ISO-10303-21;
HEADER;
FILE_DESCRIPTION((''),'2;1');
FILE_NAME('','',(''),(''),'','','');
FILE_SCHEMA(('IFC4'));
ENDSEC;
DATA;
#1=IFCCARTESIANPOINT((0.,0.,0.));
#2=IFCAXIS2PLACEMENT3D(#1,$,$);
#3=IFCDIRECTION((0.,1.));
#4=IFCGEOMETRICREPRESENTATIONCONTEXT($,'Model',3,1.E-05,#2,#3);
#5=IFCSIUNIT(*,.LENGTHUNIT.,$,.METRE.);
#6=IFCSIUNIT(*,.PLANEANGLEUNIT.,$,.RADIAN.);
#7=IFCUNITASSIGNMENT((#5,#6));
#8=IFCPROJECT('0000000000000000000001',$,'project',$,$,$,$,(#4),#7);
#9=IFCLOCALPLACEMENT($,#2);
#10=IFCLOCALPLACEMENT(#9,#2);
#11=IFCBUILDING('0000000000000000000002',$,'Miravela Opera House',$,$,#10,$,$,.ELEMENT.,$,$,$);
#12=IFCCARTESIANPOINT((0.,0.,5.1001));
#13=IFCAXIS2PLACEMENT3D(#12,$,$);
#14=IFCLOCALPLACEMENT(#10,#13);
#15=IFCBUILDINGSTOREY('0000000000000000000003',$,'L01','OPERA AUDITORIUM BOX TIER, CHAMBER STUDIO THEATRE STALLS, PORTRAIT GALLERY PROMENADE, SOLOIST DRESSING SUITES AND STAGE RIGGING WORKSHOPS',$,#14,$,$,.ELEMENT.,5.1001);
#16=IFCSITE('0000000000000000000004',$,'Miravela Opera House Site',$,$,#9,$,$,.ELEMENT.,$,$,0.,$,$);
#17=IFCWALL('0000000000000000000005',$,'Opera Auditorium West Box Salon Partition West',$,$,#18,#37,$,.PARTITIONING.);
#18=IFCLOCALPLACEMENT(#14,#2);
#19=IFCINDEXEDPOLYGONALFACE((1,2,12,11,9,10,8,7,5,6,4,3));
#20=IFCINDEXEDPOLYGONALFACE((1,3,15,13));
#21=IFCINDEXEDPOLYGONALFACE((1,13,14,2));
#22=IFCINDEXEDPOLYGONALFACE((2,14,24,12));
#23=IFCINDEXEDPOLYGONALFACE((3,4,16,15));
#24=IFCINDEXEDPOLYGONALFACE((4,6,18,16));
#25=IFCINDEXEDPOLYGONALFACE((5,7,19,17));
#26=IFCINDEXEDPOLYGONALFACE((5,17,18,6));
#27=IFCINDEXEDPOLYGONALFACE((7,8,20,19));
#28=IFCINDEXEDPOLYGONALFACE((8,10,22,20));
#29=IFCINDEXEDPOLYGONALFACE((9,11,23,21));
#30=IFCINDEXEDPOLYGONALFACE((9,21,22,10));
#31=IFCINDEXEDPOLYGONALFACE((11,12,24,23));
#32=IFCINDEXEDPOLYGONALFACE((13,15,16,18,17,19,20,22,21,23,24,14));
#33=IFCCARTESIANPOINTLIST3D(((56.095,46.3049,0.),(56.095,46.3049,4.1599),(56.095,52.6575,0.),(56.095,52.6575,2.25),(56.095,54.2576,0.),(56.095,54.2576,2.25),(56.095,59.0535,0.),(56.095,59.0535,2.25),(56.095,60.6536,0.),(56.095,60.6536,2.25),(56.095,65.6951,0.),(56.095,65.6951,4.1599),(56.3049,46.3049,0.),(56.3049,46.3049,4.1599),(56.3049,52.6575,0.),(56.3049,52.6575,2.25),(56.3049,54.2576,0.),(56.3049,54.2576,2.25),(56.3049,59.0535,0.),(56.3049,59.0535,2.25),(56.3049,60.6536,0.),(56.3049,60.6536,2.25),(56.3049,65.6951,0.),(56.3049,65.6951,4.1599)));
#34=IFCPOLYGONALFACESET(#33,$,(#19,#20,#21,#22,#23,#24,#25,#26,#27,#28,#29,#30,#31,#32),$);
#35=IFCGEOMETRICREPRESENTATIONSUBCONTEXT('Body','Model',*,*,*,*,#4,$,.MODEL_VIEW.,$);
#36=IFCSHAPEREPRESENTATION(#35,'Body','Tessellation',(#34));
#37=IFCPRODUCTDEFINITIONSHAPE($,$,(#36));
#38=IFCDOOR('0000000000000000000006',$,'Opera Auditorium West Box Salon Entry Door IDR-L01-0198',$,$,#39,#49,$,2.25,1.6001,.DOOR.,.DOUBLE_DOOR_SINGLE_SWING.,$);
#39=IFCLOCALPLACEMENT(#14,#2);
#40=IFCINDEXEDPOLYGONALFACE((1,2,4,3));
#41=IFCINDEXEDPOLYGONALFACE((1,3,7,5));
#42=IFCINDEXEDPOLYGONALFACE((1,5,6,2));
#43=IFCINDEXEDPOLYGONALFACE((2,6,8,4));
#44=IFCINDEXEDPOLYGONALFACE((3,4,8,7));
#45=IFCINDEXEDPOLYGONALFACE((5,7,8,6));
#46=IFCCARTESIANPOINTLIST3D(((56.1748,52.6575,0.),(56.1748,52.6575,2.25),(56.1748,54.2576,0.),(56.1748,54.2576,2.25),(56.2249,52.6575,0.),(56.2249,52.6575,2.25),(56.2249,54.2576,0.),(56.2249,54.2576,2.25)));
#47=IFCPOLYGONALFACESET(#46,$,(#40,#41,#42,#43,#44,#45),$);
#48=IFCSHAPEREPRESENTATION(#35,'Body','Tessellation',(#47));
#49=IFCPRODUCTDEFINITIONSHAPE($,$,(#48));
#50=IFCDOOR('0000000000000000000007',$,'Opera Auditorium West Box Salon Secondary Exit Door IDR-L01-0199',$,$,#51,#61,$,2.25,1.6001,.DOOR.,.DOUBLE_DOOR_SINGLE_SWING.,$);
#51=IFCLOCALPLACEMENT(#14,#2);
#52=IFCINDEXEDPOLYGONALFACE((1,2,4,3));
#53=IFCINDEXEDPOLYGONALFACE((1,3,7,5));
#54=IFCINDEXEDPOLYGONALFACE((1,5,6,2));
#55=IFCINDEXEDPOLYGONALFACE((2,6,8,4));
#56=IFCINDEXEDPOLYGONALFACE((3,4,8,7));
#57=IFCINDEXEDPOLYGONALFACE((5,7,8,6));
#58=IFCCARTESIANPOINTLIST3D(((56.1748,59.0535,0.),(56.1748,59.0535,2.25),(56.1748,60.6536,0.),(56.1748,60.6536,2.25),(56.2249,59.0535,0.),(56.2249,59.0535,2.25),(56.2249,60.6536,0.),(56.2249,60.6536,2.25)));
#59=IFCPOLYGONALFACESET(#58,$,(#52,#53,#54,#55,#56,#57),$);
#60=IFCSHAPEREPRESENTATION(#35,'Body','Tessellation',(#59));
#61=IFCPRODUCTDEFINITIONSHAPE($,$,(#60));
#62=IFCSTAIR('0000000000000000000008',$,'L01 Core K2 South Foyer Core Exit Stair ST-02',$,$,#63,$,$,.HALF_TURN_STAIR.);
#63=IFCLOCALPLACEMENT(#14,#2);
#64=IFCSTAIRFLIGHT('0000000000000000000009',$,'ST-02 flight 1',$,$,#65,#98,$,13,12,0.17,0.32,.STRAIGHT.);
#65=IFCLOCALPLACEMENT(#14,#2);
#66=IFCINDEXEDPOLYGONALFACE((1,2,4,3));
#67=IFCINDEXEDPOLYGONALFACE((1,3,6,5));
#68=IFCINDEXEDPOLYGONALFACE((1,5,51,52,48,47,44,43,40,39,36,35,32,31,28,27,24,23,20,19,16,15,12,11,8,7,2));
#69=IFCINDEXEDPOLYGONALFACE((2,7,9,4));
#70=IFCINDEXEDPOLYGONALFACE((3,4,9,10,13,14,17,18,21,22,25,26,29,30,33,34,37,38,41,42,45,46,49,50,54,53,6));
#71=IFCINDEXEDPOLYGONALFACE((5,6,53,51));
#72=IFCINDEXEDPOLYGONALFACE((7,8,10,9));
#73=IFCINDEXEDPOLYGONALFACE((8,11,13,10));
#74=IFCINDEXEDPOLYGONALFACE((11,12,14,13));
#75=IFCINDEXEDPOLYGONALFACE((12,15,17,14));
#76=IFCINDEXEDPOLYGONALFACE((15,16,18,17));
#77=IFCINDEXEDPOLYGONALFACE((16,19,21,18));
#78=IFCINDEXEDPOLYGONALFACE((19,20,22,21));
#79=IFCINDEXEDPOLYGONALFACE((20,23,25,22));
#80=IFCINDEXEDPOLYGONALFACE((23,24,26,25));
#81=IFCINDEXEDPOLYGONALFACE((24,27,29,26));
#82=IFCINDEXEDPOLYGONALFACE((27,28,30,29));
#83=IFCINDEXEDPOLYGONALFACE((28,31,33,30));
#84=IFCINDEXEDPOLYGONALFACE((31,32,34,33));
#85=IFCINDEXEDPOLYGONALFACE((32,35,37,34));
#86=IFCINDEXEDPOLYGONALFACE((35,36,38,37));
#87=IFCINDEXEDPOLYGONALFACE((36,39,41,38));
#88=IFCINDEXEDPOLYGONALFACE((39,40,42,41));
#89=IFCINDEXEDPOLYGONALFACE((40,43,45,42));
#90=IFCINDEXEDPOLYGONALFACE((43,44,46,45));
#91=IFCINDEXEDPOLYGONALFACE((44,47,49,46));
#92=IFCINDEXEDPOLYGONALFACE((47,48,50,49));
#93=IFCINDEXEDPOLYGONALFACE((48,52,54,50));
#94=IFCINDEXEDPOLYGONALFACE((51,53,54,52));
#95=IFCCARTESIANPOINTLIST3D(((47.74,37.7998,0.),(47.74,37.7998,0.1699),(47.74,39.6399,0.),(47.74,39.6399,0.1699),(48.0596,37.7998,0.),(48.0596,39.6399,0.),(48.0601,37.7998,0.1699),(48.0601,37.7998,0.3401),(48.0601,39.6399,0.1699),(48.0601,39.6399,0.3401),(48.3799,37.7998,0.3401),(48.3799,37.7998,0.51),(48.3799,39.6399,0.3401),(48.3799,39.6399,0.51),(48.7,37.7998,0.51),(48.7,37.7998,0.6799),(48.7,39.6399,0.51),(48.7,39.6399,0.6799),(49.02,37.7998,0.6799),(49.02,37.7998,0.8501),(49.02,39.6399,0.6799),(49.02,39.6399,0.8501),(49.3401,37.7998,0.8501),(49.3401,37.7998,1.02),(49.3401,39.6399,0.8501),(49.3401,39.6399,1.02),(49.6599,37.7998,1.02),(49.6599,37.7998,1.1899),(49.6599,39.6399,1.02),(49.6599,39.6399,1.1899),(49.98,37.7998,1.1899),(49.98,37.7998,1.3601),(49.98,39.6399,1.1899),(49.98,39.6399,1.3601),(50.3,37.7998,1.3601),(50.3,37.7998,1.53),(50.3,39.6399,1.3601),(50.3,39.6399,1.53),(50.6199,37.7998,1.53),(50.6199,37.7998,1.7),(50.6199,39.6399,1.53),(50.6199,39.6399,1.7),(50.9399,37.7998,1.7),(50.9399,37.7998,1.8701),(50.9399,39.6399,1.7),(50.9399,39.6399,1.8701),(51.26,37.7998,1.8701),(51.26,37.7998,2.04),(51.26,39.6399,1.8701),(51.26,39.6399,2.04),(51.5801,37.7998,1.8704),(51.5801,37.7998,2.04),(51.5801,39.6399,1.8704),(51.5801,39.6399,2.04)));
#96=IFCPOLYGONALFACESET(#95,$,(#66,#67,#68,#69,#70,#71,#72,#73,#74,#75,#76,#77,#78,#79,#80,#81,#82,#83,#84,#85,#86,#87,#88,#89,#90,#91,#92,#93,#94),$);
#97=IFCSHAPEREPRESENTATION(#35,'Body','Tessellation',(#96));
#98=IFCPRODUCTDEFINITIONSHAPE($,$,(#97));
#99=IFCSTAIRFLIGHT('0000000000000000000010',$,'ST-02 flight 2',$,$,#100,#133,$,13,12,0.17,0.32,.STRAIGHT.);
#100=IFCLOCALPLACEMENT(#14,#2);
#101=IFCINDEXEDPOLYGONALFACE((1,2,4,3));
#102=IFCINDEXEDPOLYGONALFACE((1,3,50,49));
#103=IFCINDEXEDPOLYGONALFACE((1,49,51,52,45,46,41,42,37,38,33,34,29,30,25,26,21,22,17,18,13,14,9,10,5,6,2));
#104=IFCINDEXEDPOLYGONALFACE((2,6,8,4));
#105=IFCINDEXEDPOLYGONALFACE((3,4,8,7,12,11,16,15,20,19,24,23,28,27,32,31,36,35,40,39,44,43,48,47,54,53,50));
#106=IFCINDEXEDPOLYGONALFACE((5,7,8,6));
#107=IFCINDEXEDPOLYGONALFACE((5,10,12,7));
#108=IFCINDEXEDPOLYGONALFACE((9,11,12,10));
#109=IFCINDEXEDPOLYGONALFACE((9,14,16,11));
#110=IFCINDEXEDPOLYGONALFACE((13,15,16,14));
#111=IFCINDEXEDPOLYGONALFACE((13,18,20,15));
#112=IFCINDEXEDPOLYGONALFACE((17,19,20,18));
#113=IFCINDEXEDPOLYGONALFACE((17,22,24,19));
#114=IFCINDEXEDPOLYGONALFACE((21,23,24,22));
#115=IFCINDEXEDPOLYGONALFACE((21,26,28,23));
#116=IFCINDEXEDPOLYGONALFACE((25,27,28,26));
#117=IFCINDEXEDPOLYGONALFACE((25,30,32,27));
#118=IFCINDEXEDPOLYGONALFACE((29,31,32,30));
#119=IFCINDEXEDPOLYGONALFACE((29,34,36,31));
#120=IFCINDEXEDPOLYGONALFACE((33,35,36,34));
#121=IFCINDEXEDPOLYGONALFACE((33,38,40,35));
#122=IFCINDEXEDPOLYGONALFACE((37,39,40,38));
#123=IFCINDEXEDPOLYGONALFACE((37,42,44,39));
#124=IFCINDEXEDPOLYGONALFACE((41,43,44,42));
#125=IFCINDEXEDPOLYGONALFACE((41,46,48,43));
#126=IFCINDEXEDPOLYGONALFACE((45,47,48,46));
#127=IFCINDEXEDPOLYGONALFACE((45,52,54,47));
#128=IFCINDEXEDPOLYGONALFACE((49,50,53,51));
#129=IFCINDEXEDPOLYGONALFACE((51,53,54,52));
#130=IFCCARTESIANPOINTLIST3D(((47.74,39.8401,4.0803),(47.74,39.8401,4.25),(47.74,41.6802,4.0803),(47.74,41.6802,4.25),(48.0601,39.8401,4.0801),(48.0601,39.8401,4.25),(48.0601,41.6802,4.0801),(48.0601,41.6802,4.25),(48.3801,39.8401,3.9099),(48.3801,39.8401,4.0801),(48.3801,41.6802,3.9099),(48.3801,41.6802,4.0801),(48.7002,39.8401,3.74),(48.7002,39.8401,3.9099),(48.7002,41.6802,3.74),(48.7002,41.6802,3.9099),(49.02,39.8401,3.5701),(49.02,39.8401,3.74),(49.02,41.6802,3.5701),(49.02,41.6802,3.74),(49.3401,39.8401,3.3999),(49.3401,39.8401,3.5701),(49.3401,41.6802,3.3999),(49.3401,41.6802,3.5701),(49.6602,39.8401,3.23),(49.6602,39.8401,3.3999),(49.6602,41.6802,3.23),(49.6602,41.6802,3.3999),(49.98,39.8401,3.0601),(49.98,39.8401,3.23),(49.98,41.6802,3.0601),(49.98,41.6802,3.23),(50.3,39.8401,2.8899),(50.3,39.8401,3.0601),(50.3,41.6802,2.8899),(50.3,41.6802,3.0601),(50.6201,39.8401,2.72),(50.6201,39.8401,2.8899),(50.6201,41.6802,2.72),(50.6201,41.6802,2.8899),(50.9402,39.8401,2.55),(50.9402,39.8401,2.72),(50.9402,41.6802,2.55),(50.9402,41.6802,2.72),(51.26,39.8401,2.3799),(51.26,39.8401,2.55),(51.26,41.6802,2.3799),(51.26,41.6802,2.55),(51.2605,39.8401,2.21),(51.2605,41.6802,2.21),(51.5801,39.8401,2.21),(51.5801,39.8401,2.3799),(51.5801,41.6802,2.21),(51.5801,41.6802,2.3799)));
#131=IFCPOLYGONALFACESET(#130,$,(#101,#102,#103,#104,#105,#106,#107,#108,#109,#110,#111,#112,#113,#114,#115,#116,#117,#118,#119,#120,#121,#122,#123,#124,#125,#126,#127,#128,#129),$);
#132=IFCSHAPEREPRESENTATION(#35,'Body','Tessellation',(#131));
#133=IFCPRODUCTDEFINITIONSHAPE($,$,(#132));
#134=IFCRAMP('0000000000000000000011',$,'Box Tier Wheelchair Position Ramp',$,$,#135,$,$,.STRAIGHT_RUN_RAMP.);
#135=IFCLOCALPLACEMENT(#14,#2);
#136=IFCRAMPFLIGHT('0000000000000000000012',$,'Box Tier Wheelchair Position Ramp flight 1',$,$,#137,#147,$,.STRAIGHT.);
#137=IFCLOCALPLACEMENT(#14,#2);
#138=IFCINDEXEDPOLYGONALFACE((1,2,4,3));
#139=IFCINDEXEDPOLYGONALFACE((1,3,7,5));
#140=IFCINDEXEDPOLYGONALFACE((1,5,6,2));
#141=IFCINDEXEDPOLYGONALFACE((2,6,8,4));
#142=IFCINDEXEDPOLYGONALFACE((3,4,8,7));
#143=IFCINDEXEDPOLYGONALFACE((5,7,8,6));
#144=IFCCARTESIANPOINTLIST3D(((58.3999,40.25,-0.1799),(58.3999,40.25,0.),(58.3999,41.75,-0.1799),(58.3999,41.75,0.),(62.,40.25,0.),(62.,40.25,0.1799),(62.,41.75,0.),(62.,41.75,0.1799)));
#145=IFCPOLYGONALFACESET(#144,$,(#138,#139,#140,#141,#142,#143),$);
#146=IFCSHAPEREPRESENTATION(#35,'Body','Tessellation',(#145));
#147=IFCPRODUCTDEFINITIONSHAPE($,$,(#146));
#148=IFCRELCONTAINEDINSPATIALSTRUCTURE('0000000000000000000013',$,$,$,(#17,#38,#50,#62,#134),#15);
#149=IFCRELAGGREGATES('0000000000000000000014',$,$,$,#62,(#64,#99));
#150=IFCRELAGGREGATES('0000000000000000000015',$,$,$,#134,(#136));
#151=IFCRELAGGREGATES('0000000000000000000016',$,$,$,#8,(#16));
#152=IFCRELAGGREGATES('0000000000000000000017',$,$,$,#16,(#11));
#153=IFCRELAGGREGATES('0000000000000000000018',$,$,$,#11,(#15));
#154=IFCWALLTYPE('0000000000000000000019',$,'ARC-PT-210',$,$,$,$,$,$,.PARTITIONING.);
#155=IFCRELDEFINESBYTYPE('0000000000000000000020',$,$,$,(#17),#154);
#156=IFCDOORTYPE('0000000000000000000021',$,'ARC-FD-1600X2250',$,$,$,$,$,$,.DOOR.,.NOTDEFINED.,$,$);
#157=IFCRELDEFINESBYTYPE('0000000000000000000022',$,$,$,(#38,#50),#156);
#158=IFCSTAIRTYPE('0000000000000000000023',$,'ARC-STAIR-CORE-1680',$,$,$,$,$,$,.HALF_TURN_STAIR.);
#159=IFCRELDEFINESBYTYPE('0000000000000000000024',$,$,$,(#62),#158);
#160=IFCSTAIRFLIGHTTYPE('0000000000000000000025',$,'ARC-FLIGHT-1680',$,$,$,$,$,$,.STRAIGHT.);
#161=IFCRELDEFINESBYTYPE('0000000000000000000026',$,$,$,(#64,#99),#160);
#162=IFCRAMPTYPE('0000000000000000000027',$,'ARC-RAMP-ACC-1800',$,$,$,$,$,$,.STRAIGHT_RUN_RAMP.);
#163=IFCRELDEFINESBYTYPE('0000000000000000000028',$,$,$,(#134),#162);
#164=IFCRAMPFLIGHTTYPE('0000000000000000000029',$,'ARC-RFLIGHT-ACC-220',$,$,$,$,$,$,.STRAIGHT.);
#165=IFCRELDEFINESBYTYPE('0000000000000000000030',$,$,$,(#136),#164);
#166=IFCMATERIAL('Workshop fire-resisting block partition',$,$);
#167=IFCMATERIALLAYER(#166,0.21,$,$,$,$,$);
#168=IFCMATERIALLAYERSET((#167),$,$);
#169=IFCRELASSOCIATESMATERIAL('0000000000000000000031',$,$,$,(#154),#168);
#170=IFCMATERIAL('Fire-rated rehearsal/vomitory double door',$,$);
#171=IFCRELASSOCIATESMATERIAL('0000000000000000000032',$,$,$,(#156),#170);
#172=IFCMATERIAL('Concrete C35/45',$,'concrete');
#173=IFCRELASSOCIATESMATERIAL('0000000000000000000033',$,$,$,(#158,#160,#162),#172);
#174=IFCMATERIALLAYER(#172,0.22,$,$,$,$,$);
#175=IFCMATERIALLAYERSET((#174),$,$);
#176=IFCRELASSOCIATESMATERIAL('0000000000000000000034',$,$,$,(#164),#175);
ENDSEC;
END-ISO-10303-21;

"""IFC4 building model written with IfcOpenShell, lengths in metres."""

from ifc_helpers import new_model, si_unit, direction, frame, frame_2d, origin, place, context, subcontext, project, spatial, polyline, rectangle, outline, extrude, material, layer, layer_set, type_object, element, fill, aggregate, save


model = new_model("IFC4")

# Units and contexts
model_context = context("Model", 3, precision=1e-05, world=origin(), true_north=direction((0.0, 1.0)))
body_context = subcontext(model_context, "Body", "Model", "MODEL_VIEW")
ifc_project = project(units=[si_unit("LENGTHUNIT", "METRE"), si_unit("PLANEANGLEUNIT", "RADIAN")], contexts=[model_context])

# Site, building, storey
site_placement = place(None, origin())
site = spatial("IfcSite", under=ifc_project, at=site_placement, Name="Miravela Opera House Site", CompositionType="ELEMENT", RefElevation=0.0)
building_placement = place(site_placement, origin())
building = spatial("IfcBuilding", under=site, at=building_placement, Name="Miravela Opera House", CompositionType="ELEMENT")
storey_placement = place(building_placement, frame((0.0, 0.0, 5.1001)))
storey = spatial("IfcBuildingStorey", under=building, at=storey_placement, Name="L01", Description="OPERA AUDITORIUM BOX TIER, CHAMBER STUDIO THEATRE STALLS, PORTRAIT GALLERY PROMENADE, SOLOIST DRESSING SUITES AND STAGE RIGGING WORKSHOPS", CompositionType="ELEMENT", Elevation=5.1001)

# Shared definitions
ifc_material_1 = material(Name="Concrete C35/45", Category="concrete")

# Shared definitions
ifc_material_2 = material(Name="Workshop fire-resisting block partition")
ifc_layer_1 = layer(ifc_material_2, 0.21)
ifc_layer_set_1 = layer_set([ifc_layer_1])
wall_type_1 = type_object("IfcWallType", Name="ARC-PT-210", PredefinedType="PARTITIONING", material=ifc_layer_set_1)

# Wall, openings, doors
wall_1_placement = place(storey_placement, frame((56.2, 46.3049, 0.0), z_axis=(0.0, 0.0, 1.0), x_axis=(0.0, 1.0, 0.0)))
wall_1 = element("IfcWall", 1, at=wall_1_placement, inside=storey, type_object=wall_type_1, Name="Opera Auditorium West Box Salon Partition West", PredefinedType="PARTITIONING", context=body_context, shape_type="SweptSolid", body=[
    extrude(rectangle(XDim=19.3901, YDim=0.21, at=frame_2d((9.6951, 0.0))), origin(), (0.0, 0.0, 1.0), 4.1599),
])
opening_1_placement = place(wall_1_placement, frame((6.3525, 0.0, 0.0)))
opening_1 = element("IfcOpeningElement", 2, at=opening_1_placement, cuts=wall_1, PredefinedType="OPENING", context=body_context, shape_type="SweptSolid", body=[
    extrude(rectangle(XDim=1.6001, YDim=2.25, at=frame_2d((0.8, 1.125))), frame((0.0, 0.115, 0.0), z_axis=(0.0, -1.0, 0.0), x_axis=(1.0, 0.0, 0.0)), (0.0, 0.0, 1.0), 0.23),
])
opening_2_placement = place(wall_1_placement, frame((12.7485, 0.0, 0.0)))
opening_2 = element("IfcOpeningElement", 3, at=opening_2_placement, cuts=wall_1, PredefinedType="OPENING", context=body_context, shape_type="SweptSolid", body=[
    extrude(rectangle(XDim=1.6001, YDim=2.25, at=frame_2d((0.8, 1.125))), frame((0.0, 0.115, 0.0), z_axis=(0.0, -1.0, 0.0), x_axis=(1.0, 0.0, 0.0)), (0.0, 0.0, 1.0), 0.23),
])
ifc_material_3 = material(Name="Fire-rated rehearsal/vomitory double door")
door_type = type_object("IfcDoorType", Name="ARC-FD-1600X2250", OperationType="NOTDEFINED", PredefinedType="DOOR", material=ifc_material_3)
door_1_placement = place(opening_1_placement, frame((1.6001, 0.0, 0.0), z_axis=(0.0, 0.0, 1.0), x_axis=(-1.0, 0.0, 0.0)))
door_1 = element("IfcDoor", 4, at=door_1_placement, inside=storey, type_object=door_type, Name="Opera Auditorium West Box Salon Entry Door IDR-L01-0198", OperationType="DOUBLE_DOOR_SINGLE_SWING", OverallHeight=2.25, OverallWidth=1.6001, PredefinedType="DOOR", context=body_context, shape_type="SweptSolid", body=[
    extrude(rectangle(XDim=1.6001, YDim=2.25, at=frame_2d((0.8, 1.125))), frame((0.0, 0.0249, 0.0), z_axis=(0.0, -1.0, 0.0), x_axis=(1.0, 0.0, 0.0)), (0.0, 0.0, 1.0), 0.05),
])
fill(opening_1, door_1)
door_2_placement = place(opening_2_placement, frame((1.6001, 0.0, 0.0), z_axis=(0.0, 0.0, 1.0), x_axis=(-1.0, 0.0, 0.0)))
door_2 = element("IfcDoor", 5, at=door_2_placement, inside=storey, type_object=door_type, Name="Opera Auditorium West Box Salon Secondary Exit Door IDR-L01-0199", OperationType="DOUBLE_DOOR_SINGLE_SWING", OverallHeight=2.25, OverallWidth=1.6001, PredefinedType="DOOR", context=body_context, shape_type="SweptSolid", body=[
    extrude(rectangle(XDim=1.6001, YDim=2.25, at=frame_2d((0.8, 1.125))), frame((0.0, 0.0249, 0.0), z_axis=(0.0, -1.0, 0.0), x_axis=(1.0, 0.0, 0.0)), (0.0, 0.0, 1.0), 0.05),
])
fill(opening_2, door_2)

# Stair, stair flights
stair_type = type_object("IfcStairType", Name="ARC-STAIR-CORE-1680", PredefinedType="HALF_TURN_STAIR", material=ifc_material_1)
stair_placement = place(storey_placement, origin())
stair = element("IfcStair", 6, at=stair_placement, inside=storey, type_object=stair_type, Name="L01 Core K2 South Foyer Core Exit Stair ST-02", PredefinedType="HALF_TURN_STAIR")
stair_flight_type = type_object("IfcStairFlightType", Name="ARC-FLIGHT-1680", PredefinedType="STRAIGHT", material=ifc_material_1)
stair_flight_1_placement = place(storey_placement, frame((47.74, 38.72, 0.0), z_axis=(0.0, 0.0, 1.0), x_axis=(1.0, 0.0, 0.0)))
stair_flight_1 = element("IfcStairFlight", 7, at=stair_flight_1_placement, type_object=stair_flight_type, Name="ST-02 flight 1", NumberOfRisers=13, NumberOfTreads=12, PredefinedType="STRAIGHT", RiserHeight=0.17, TreadLength=0.32, context=body_context, shape_type="SweptSolid", body=[
    extrude(outline(polyline([(0.0, 0.0), (0.0, 0.1699), (0.3201, 0.1699), (0.3201, 0.3401), (0.6399, 0.3401), (0.6399, 0.51), (0.96, 0.51), (0.96, 0.6799), (1.28, 0.6799), (1.28, 0.8501), (1.6001, 0.8501), (1.6001, 1.02), (1.9199, 1.02), (1.9199, 1.1899), (2.24, 1.1899), (2.24, 1.3601), (2.5601, 1.3601), (2.5601, 1.53), (2.8799, 1.53), (2.8799, 1.7), (3.2, 1.7), (3.2, 1.8701), (3.52, 1.8701), (3.52, 2.04), (3.8401, 2.04), (3.8401, 2.21), (3.8401, 1.8704), (0.3196, 0.0), (0.0, 0.0)])), frame((0.0, 0.9199, 0.0), z_axis=(0.0, -1.0, 0.0), x_axis=(1.0, 0.0, 0.0)), (0.0, 0.0, 1.0), 1.8401),
])
stair_flight_2_placement = place(storey_placement, frame((51.5801, 40.76, 2.21), z_axis=(0.0, 0.0, 1.0), x_axis=(-1.0, 0.0, 0.0)))
stair_flight_2 = element("IfcStairFlight", 8, at=stair_flight_2_placement, type_object=stair_flight_type, Name="ST-02 flight 2", NumberOfRisers=13, NumberOfTreads=12, PredefinedType="STRAIGHT", RiserHeight=0.17, TreadLength=0.32, context=body_context, shape_type="SweptSolid", body=[
    extrude(outline(polyline([(0.0, 0.0), (0.0, 0.1699), (0.3201, 0.1699), (0.3201, 0.3401), (0.6399, 0.3401), (0.6399, 0.51), (0.96, 0.51), (0.96, 0.6799), (1.28, 0.6799), (1.28, 0.8501), (1.6001, 0.8501), (1.6001, 1.02), (1.9199, 1.02), (1.9199, 1.1899), (2.24, 1.1899), (2.24, 1.3601), (2.5601, 1.3601), (2.5601, 1.53), (2.8799, 1.53), (2.8799, 1.7), (3.2, 1.7), (3.2, 1.8701), (3.52, 1.8701), (3.52, 2.04), (3.8401, 2.04), (3.8401, 2.21), (3.8401, 1.8704), (0.3196, 0.0), (0.0, 0.0)])), frame((0.0, 0.9199, 0.0), z_axis=(0.0, -1.0, 0.0), x_axis=(1.0, 0.0, 0.0)), (0.0, 0.0, 1.0), 1.8401),
])
aggregate(stair, [stair_flight_1, stair_flight_2])

# Ramp, ramp flight
ramp_type = type_object("IfcRampType", Name="ARC-RAMP-ACC-1800", PredefinedType="STRAIGHT_RUN_RAMP", material=ifc_material_1)
ramp_placement = place(storey_placement, origin())
ramp = element("IfcRamp", 9, at=ramp_placement, inside=storey, type_object=ramp_type, Name="Box Tier Wheelchair Position Ramp", PredefinedType="STRAIGHT_RUN_RAMP")
ifc_layer_2 = layer(ifc_material_1, 0.22)
ifc_layer_set_2 = layer_set([ifc_layer_2])
ramp_flight_type = type_object("IfcRampFlightType", Name="ARC-RFLIGHT-ACC-220", PredefinedType="STRAIGHT", material=ifc_layer_set_2)
ramp_flight_placement = place(storey_placement, frame((58.3999, 41.0, 0.0), z_axis=(0.0, 0.0, 1.0), x_axis=(1.0, 0.0, 0.0)))
ramp_flight = element("IfcRampFlight", 10, at=ramp_flight_placement, type_object=ramp_flight_type, Name="Box Tier Wheelchair Position Ramp flight 1", PredefinedType="STRAIGHT", context=body_context, shape_type="SweptSolid", body=[
    extrude(outline(polyline([(0.0, 0.0), (3.6001, 0.1799), (3.6001, 0.0), (0.0, -0.1799), (0.0, 0.0)])), frame((0.0, 0.75, 0.0), z_axis=(0.0, -1.0, 0.0), x_axis=(1.0, 0.0, 0.0)), (0.0, 0.0, 1.0), 1.5),
])
aggregate(ramp, [ramp_flight])

save(model, "model.ifc")
